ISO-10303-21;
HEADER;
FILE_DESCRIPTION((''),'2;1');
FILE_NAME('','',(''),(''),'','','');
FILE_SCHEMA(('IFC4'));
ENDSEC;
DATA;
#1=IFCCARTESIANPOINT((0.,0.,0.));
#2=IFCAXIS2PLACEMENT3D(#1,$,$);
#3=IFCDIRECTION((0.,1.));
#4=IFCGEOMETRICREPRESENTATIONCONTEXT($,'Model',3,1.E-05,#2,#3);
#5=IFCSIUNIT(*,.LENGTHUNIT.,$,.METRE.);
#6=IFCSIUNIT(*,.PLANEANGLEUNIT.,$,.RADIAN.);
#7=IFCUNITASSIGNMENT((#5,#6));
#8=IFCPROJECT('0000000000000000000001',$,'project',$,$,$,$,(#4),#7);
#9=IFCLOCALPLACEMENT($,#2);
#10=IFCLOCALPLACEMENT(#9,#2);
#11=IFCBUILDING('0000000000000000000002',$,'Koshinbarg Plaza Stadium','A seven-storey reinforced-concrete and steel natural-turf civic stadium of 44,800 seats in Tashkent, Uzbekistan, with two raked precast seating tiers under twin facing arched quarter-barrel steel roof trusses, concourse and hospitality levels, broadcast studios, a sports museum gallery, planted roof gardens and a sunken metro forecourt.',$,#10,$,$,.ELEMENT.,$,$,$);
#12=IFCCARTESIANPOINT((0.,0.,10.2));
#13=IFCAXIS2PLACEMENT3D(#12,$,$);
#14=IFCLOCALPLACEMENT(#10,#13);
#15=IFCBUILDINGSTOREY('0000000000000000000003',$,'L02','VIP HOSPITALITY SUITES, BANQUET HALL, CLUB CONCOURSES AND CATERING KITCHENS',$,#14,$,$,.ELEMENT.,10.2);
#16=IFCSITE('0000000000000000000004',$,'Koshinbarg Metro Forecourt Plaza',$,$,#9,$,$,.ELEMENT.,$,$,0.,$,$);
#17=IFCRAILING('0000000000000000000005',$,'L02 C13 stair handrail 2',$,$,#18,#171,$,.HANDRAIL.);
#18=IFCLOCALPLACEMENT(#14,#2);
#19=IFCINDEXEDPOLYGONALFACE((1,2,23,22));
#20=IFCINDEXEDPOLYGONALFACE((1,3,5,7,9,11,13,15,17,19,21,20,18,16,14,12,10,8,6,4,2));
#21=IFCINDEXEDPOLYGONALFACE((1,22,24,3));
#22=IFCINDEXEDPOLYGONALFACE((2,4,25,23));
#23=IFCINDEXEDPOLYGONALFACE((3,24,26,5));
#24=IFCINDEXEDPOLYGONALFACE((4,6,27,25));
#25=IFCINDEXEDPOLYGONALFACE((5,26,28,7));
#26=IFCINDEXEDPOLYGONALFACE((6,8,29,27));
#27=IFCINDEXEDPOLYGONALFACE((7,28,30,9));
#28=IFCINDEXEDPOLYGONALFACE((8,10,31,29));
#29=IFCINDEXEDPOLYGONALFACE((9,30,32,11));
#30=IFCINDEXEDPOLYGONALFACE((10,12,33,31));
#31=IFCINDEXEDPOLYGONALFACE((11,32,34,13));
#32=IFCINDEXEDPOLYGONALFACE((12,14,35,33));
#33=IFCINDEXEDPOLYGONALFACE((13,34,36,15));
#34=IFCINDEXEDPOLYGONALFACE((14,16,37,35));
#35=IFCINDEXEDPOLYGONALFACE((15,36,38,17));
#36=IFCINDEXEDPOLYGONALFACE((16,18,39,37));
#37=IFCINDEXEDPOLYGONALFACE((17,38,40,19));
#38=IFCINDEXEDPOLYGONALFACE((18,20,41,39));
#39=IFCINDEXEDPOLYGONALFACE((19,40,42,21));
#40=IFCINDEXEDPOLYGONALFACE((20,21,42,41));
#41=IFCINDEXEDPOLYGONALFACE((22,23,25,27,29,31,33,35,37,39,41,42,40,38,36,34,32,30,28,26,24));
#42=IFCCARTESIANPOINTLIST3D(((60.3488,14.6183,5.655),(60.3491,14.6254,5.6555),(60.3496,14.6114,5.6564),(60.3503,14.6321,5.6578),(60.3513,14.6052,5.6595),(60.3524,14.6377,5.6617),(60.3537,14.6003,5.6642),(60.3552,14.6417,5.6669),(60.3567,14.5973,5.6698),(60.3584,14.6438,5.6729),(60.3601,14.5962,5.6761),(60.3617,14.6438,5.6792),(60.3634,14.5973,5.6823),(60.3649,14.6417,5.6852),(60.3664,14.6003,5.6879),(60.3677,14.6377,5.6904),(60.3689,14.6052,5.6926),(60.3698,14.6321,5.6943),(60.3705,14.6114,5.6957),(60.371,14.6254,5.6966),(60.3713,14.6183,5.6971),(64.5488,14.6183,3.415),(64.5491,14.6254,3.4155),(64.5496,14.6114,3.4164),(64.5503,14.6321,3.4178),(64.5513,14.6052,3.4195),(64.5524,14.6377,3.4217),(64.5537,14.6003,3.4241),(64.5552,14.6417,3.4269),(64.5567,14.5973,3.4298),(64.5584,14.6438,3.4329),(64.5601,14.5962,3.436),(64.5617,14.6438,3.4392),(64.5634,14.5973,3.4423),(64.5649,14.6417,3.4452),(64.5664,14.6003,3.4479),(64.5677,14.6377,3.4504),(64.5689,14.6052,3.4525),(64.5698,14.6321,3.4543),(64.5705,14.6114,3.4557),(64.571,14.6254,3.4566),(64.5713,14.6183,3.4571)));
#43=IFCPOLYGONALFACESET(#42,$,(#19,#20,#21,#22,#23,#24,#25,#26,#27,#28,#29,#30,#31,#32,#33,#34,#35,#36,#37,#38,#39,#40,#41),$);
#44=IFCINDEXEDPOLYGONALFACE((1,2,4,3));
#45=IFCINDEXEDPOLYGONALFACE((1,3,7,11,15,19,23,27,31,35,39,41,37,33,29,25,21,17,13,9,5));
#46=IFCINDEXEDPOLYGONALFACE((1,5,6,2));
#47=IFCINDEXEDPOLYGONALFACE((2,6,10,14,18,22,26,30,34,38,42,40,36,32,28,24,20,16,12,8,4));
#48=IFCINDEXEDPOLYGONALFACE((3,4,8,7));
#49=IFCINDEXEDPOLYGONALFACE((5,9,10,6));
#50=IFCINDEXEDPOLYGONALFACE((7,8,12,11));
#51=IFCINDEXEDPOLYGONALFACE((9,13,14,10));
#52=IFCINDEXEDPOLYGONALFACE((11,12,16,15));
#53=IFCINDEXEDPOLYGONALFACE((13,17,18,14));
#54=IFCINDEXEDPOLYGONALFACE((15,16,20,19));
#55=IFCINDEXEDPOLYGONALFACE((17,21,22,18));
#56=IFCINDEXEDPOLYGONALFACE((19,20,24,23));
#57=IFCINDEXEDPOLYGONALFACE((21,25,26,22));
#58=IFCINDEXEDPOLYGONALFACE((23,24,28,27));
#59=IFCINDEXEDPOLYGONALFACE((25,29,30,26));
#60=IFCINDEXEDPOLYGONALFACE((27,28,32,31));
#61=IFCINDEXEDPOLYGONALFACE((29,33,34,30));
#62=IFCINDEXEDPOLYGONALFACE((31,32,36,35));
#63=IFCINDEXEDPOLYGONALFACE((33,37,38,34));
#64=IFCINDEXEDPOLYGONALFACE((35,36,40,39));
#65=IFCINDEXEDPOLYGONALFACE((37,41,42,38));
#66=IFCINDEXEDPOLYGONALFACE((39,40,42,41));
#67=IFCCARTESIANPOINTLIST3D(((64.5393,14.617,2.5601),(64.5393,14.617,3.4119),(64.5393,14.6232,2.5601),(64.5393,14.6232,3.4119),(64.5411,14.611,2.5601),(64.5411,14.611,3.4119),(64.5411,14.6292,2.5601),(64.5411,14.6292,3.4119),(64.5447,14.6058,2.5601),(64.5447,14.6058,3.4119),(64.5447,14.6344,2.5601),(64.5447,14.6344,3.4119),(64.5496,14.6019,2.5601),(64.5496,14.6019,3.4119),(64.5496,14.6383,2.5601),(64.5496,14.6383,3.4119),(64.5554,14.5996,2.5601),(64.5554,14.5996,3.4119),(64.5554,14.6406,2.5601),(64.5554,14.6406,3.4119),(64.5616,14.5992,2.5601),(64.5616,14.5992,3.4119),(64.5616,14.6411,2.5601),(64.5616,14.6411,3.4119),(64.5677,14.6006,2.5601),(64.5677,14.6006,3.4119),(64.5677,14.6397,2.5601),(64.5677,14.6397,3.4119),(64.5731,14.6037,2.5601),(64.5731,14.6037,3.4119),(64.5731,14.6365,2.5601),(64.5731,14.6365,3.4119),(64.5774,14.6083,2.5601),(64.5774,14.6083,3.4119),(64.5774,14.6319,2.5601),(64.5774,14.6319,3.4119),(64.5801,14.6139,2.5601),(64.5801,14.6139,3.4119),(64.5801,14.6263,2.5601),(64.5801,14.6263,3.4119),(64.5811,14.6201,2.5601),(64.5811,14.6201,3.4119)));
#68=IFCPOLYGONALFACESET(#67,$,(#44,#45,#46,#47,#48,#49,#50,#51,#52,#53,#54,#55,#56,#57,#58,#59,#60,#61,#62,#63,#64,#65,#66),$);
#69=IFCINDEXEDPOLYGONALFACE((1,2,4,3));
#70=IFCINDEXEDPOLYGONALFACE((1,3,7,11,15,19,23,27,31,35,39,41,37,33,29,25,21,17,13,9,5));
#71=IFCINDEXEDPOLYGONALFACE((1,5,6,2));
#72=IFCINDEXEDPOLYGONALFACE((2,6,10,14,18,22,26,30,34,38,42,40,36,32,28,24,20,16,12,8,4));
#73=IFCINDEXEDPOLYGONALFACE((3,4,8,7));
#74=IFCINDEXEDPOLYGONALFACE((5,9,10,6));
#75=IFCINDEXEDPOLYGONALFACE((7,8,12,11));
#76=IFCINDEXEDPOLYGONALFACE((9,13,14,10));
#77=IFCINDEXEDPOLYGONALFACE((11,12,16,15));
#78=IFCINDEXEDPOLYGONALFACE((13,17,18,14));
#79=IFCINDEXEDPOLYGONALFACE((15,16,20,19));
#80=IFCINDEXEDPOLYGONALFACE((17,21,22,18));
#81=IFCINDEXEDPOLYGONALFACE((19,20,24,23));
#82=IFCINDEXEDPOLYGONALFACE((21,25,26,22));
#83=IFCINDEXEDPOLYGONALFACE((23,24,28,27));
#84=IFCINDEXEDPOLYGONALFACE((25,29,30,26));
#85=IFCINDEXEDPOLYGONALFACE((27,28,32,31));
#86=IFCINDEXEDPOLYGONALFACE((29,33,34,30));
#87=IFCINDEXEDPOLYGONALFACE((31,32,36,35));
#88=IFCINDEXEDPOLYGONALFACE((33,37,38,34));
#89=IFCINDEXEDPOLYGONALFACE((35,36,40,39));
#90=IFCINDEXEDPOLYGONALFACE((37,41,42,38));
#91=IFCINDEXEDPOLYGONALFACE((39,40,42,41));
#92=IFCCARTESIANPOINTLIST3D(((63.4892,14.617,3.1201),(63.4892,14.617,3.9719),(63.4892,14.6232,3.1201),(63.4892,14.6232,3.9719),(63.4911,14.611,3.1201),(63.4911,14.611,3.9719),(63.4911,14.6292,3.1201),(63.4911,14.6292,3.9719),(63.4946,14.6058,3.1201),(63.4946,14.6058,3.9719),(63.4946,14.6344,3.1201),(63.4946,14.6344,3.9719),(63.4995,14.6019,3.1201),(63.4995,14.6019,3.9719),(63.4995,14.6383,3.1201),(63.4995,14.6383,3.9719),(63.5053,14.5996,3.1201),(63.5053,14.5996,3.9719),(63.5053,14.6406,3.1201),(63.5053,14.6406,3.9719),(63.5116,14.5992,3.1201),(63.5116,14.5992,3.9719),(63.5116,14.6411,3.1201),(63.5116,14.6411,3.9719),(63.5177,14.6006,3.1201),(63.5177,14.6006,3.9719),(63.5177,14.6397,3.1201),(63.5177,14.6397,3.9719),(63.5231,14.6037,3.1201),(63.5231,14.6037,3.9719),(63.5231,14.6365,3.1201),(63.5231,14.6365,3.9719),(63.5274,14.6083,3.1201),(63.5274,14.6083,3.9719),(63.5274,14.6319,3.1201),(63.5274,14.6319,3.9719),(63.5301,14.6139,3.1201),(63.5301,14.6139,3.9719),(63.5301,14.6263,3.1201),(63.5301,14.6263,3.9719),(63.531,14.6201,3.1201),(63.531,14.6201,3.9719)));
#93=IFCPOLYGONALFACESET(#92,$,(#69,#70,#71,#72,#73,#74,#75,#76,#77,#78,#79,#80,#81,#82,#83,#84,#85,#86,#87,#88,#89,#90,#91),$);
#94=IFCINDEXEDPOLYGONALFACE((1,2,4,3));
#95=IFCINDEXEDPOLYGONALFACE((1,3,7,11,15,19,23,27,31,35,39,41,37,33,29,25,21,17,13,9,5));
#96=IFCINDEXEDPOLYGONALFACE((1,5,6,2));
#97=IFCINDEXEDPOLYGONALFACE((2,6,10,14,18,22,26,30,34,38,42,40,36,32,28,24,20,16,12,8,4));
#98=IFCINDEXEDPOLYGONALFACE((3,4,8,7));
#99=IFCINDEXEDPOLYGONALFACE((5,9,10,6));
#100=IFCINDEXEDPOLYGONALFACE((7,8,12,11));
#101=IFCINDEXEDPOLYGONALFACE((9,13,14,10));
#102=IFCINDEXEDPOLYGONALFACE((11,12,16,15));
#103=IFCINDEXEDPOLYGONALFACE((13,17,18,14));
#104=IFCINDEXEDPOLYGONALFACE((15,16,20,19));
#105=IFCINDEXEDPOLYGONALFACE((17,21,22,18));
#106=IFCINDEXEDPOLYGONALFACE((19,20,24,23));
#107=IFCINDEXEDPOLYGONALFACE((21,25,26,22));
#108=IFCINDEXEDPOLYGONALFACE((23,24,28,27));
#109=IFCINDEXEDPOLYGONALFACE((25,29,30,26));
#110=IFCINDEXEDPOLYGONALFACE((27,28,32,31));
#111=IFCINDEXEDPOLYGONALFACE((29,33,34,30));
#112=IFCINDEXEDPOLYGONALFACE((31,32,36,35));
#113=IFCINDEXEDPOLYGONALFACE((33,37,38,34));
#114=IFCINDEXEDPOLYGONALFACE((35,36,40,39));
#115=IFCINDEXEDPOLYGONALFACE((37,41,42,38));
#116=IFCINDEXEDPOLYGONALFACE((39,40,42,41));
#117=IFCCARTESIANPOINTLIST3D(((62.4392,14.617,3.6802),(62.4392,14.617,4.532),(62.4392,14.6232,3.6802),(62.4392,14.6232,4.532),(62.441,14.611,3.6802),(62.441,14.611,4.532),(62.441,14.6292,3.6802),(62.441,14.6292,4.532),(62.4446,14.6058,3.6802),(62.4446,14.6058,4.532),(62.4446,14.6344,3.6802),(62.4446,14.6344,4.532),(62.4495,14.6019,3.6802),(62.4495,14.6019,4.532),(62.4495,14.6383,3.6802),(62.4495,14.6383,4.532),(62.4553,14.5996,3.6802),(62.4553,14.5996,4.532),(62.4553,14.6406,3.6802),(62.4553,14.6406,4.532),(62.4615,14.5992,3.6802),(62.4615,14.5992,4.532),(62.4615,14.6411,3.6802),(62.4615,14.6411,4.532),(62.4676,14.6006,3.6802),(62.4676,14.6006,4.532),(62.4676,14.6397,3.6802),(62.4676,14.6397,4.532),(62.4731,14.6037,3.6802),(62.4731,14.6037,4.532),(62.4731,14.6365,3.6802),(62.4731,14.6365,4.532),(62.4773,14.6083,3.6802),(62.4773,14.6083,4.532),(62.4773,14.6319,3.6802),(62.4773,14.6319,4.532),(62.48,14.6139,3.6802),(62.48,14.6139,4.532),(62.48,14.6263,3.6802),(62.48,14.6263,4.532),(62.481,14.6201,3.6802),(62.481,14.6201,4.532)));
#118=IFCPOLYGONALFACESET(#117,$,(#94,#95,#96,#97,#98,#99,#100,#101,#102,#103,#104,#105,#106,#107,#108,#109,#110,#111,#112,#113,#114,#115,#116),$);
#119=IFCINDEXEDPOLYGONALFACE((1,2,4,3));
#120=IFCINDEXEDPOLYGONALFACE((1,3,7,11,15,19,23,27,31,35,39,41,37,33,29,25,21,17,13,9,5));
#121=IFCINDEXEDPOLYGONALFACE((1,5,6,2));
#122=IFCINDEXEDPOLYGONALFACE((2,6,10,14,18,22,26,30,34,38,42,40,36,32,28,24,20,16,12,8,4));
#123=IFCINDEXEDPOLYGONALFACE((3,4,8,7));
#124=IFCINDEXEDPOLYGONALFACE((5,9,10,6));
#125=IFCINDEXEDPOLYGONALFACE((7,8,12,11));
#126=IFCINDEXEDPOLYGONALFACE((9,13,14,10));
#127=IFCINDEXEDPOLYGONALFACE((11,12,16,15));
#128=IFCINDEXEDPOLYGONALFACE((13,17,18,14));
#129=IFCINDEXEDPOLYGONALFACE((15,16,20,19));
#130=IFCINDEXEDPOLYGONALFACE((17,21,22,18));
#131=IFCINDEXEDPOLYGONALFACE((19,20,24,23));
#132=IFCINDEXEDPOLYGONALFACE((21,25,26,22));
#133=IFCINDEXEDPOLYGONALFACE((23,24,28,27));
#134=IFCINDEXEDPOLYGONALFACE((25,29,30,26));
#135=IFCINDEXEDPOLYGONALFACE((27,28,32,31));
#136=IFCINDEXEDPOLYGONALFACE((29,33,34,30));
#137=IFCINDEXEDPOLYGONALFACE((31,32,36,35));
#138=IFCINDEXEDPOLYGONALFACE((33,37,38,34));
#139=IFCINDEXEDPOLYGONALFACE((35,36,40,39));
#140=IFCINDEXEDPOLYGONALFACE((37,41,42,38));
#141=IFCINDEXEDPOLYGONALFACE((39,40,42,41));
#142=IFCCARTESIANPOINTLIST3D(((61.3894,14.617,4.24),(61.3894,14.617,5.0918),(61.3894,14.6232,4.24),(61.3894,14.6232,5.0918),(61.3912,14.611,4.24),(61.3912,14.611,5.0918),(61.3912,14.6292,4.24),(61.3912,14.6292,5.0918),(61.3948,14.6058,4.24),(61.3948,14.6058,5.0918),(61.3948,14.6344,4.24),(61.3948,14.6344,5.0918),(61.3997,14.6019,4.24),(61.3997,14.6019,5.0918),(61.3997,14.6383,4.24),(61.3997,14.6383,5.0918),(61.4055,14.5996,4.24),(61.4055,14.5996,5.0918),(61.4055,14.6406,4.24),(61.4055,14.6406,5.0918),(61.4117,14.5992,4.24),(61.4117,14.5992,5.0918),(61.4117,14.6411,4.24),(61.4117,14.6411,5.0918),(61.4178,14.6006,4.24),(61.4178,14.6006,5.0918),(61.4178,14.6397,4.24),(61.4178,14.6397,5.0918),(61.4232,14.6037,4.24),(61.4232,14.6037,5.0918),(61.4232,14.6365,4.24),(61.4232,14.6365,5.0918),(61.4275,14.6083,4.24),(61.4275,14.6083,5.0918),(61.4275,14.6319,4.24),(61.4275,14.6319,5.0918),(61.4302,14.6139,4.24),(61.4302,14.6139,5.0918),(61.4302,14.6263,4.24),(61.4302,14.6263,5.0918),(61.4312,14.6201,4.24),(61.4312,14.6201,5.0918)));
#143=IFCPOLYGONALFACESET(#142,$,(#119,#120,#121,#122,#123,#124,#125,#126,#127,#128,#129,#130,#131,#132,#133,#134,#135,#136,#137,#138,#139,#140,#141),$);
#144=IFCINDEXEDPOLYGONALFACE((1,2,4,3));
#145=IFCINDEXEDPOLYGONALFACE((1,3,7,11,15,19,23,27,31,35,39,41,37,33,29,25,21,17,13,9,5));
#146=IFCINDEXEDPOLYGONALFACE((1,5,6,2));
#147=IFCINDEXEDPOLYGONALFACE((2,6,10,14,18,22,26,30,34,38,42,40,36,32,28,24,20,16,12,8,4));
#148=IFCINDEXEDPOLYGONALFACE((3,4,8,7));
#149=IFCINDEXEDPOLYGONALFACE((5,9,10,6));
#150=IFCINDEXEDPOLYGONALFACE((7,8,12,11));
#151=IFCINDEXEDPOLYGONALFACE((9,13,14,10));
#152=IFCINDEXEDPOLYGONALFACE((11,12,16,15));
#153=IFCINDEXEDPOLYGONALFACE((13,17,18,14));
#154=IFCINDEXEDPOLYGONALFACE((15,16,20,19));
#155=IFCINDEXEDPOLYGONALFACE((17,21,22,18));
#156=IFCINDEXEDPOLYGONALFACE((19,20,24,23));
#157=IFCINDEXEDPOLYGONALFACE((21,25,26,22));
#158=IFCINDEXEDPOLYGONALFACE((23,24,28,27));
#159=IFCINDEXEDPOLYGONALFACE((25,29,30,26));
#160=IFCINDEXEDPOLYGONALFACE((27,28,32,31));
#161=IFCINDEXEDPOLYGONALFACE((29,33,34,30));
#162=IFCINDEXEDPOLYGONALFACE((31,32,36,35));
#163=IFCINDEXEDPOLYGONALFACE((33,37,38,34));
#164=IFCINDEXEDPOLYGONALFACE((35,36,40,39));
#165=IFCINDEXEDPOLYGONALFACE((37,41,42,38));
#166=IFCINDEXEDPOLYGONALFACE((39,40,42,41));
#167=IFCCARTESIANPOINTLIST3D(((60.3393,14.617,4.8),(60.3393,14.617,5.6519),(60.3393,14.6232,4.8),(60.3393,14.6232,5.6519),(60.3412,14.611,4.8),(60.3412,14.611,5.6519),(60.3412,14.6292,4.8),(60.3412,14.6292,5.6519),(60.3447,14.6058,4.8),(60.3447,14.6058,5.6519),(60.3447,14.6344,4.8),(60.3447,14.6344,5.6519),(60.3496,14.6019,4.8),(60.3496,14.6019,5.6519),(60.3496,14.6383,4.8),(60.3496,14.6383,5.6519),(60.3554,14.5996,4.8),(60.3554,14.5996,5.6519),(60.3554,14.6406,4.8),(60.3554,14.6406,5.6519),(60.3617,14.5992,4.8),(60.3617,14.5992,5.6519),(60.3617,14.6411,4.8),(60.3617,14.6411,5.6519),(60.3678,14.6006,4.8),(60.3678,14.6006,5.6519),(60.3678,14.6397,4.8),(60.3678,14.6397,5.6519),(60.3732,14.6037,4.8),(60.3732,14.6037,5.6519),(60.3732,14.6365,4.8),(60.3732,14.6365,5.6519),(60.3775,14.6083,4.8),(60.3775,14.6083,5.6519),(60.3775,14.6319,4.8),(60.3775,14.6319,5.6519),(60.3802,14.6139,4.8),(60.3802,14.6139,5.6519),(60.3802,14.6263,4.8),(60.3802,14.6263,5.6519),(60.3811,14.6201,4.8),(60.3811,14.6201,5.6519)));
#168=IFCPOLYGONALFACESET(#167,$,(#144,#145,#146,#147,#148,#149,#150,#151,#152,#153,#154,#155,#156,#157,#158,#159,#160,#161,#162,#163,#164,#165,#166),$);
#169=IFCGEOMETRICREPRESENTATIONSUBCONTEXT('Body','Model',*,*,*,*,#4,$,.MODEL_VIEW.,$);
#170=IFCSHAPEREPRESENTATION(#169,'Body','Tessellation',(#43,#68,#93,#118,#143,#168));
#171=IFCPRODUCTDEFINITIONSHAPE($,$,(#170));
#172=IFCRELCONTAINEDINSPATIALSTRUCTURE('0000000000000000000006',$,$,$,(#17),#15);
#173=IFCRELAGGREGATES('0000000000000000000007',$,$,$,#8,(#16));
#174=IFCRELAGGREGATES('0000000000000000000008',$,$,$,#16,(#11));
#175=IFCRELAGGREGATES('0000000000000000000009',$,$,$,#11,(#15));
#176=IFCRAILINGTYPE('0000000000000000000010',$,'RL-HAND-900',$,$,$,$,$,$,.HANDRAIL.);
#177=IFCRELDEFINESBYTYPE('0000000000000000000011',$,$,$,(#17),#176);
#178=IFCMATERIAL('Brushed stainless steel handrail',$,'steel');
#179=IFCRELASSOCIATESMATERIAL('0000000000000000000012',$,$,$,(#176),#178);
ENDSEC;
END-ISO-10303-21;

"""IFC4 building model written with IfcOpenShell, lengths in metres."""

from ifc_helpers import new_model, si_unit, direction, frame, origin, origin_2d, place, context, subcontext, project, spatial, circle, extrude, material, type_object, element, save


model = new_model("IFC4")

# Units and contexts
model_context = context("Model", 3, precision=1e-05, world=origin(), true_north=direction((0.0, 1.0)))
body_context = subcontext(model_context, "Body", "Model", "MODEL_VIEW")
ifc_project = project(units=[si_unit("LENGTHUNIT", "METRE"), si_unit("PLANEANGLEUNIT", "RADIAN")], contexts=[model_context])

# Site, building, storey
site_placement = place(None, origin())
site = spatial("IfcSite", under=ifc_project, at=site_placement, Name="Koshinbarg Metro Forecourt Plaza", CompositionType="ELEMENT", RefElevation=0.0)
building_placement = place(site_placement, origin())
building = spatial("IfcBuilding", under=site, at=building_placement, Name="Koshinbarg Plaza Stadium", Description="A seven-storey reinforced-concrete and steel natural-turf civic stadium of 44,800 seats in Tashkent, Uzbekistan, with two raked precast seating tiers under twin facing arched quarter-barrel steel roof trusses, concourse and hospitality levels, broadcast studios, a sports museum gallery, planted roof gardens and a sunken metro forecourt.", CompositionType="ELEMENT")
storey_placement = place(building_placement, frame((0.0, 0.0, 10.2)))
storey = spatial("IfcBuildingStorey", under=building, at=storey_placement, Name="L02", Description="VIP HOSPITALITY SUITES, BANQUET HALL, CLUB CONCOURSES AND CATERING KITCHENS", CompositionType="ELEMENT", Elevation=10.2)

# Railing
ifc_material_1 = material(Name="Brushed stainless steel handrail", Category="steel")
railing_type = type_object("IfcRailingType", Name="RL-HAND-900", PredefinedType="HANDRAIL", material=ifc_material_1)
railing_placement = place(storey_placement, frame((64.5601, 14.6201, 2.5601)))
element("IfcRailing", 1, at=railing_placement, inside=storey, type_object=railing_type, Name="L02 C13 stair handrail 2", PredefinedType="HANDRAIL", context=body_context, shape_type="SweptSolid", body=[
    extrude(circle(Radius=0.0239, at=origin_2d()), frame((0.0, 0.0, 0.876), z_axis=(-0.882352, 0.0, 0.470591), x_axis=(0.0, -1.0, 0.0)), (0.0, 0.0, 1.0), 4.76),
    extrude(circle(Radius=0.021, at=origin_2d()), origin(), (0.0, 0.0, 1.0), 0.8518),
    extrude(circle(Radius=0.021, at=origin_2d()), frame((-1.05, 0.0, 0.5601)), (0.0, 0.0, 1.0), 0.8518),
    extrude(circle(Radius=0.021, at=origin_2d()), frame((-2.1001, 0.0, 1.1201)), (0.0, 0.0, 1.0), 0.8518),
    extrude(circle(Radius=0.021, at=origin_2d()), frame((-3.1499, 0.0, 1.6799)), (0.0, 0.0, 1.0), 0.8518),
    extrude(circle(Radius=0.021, at=origin_2d()), frame((-4.2, 0.0, 2.24)), (0.0, 0.0, 1.0), 0.8518),
])

save(model, "model.ifc")
